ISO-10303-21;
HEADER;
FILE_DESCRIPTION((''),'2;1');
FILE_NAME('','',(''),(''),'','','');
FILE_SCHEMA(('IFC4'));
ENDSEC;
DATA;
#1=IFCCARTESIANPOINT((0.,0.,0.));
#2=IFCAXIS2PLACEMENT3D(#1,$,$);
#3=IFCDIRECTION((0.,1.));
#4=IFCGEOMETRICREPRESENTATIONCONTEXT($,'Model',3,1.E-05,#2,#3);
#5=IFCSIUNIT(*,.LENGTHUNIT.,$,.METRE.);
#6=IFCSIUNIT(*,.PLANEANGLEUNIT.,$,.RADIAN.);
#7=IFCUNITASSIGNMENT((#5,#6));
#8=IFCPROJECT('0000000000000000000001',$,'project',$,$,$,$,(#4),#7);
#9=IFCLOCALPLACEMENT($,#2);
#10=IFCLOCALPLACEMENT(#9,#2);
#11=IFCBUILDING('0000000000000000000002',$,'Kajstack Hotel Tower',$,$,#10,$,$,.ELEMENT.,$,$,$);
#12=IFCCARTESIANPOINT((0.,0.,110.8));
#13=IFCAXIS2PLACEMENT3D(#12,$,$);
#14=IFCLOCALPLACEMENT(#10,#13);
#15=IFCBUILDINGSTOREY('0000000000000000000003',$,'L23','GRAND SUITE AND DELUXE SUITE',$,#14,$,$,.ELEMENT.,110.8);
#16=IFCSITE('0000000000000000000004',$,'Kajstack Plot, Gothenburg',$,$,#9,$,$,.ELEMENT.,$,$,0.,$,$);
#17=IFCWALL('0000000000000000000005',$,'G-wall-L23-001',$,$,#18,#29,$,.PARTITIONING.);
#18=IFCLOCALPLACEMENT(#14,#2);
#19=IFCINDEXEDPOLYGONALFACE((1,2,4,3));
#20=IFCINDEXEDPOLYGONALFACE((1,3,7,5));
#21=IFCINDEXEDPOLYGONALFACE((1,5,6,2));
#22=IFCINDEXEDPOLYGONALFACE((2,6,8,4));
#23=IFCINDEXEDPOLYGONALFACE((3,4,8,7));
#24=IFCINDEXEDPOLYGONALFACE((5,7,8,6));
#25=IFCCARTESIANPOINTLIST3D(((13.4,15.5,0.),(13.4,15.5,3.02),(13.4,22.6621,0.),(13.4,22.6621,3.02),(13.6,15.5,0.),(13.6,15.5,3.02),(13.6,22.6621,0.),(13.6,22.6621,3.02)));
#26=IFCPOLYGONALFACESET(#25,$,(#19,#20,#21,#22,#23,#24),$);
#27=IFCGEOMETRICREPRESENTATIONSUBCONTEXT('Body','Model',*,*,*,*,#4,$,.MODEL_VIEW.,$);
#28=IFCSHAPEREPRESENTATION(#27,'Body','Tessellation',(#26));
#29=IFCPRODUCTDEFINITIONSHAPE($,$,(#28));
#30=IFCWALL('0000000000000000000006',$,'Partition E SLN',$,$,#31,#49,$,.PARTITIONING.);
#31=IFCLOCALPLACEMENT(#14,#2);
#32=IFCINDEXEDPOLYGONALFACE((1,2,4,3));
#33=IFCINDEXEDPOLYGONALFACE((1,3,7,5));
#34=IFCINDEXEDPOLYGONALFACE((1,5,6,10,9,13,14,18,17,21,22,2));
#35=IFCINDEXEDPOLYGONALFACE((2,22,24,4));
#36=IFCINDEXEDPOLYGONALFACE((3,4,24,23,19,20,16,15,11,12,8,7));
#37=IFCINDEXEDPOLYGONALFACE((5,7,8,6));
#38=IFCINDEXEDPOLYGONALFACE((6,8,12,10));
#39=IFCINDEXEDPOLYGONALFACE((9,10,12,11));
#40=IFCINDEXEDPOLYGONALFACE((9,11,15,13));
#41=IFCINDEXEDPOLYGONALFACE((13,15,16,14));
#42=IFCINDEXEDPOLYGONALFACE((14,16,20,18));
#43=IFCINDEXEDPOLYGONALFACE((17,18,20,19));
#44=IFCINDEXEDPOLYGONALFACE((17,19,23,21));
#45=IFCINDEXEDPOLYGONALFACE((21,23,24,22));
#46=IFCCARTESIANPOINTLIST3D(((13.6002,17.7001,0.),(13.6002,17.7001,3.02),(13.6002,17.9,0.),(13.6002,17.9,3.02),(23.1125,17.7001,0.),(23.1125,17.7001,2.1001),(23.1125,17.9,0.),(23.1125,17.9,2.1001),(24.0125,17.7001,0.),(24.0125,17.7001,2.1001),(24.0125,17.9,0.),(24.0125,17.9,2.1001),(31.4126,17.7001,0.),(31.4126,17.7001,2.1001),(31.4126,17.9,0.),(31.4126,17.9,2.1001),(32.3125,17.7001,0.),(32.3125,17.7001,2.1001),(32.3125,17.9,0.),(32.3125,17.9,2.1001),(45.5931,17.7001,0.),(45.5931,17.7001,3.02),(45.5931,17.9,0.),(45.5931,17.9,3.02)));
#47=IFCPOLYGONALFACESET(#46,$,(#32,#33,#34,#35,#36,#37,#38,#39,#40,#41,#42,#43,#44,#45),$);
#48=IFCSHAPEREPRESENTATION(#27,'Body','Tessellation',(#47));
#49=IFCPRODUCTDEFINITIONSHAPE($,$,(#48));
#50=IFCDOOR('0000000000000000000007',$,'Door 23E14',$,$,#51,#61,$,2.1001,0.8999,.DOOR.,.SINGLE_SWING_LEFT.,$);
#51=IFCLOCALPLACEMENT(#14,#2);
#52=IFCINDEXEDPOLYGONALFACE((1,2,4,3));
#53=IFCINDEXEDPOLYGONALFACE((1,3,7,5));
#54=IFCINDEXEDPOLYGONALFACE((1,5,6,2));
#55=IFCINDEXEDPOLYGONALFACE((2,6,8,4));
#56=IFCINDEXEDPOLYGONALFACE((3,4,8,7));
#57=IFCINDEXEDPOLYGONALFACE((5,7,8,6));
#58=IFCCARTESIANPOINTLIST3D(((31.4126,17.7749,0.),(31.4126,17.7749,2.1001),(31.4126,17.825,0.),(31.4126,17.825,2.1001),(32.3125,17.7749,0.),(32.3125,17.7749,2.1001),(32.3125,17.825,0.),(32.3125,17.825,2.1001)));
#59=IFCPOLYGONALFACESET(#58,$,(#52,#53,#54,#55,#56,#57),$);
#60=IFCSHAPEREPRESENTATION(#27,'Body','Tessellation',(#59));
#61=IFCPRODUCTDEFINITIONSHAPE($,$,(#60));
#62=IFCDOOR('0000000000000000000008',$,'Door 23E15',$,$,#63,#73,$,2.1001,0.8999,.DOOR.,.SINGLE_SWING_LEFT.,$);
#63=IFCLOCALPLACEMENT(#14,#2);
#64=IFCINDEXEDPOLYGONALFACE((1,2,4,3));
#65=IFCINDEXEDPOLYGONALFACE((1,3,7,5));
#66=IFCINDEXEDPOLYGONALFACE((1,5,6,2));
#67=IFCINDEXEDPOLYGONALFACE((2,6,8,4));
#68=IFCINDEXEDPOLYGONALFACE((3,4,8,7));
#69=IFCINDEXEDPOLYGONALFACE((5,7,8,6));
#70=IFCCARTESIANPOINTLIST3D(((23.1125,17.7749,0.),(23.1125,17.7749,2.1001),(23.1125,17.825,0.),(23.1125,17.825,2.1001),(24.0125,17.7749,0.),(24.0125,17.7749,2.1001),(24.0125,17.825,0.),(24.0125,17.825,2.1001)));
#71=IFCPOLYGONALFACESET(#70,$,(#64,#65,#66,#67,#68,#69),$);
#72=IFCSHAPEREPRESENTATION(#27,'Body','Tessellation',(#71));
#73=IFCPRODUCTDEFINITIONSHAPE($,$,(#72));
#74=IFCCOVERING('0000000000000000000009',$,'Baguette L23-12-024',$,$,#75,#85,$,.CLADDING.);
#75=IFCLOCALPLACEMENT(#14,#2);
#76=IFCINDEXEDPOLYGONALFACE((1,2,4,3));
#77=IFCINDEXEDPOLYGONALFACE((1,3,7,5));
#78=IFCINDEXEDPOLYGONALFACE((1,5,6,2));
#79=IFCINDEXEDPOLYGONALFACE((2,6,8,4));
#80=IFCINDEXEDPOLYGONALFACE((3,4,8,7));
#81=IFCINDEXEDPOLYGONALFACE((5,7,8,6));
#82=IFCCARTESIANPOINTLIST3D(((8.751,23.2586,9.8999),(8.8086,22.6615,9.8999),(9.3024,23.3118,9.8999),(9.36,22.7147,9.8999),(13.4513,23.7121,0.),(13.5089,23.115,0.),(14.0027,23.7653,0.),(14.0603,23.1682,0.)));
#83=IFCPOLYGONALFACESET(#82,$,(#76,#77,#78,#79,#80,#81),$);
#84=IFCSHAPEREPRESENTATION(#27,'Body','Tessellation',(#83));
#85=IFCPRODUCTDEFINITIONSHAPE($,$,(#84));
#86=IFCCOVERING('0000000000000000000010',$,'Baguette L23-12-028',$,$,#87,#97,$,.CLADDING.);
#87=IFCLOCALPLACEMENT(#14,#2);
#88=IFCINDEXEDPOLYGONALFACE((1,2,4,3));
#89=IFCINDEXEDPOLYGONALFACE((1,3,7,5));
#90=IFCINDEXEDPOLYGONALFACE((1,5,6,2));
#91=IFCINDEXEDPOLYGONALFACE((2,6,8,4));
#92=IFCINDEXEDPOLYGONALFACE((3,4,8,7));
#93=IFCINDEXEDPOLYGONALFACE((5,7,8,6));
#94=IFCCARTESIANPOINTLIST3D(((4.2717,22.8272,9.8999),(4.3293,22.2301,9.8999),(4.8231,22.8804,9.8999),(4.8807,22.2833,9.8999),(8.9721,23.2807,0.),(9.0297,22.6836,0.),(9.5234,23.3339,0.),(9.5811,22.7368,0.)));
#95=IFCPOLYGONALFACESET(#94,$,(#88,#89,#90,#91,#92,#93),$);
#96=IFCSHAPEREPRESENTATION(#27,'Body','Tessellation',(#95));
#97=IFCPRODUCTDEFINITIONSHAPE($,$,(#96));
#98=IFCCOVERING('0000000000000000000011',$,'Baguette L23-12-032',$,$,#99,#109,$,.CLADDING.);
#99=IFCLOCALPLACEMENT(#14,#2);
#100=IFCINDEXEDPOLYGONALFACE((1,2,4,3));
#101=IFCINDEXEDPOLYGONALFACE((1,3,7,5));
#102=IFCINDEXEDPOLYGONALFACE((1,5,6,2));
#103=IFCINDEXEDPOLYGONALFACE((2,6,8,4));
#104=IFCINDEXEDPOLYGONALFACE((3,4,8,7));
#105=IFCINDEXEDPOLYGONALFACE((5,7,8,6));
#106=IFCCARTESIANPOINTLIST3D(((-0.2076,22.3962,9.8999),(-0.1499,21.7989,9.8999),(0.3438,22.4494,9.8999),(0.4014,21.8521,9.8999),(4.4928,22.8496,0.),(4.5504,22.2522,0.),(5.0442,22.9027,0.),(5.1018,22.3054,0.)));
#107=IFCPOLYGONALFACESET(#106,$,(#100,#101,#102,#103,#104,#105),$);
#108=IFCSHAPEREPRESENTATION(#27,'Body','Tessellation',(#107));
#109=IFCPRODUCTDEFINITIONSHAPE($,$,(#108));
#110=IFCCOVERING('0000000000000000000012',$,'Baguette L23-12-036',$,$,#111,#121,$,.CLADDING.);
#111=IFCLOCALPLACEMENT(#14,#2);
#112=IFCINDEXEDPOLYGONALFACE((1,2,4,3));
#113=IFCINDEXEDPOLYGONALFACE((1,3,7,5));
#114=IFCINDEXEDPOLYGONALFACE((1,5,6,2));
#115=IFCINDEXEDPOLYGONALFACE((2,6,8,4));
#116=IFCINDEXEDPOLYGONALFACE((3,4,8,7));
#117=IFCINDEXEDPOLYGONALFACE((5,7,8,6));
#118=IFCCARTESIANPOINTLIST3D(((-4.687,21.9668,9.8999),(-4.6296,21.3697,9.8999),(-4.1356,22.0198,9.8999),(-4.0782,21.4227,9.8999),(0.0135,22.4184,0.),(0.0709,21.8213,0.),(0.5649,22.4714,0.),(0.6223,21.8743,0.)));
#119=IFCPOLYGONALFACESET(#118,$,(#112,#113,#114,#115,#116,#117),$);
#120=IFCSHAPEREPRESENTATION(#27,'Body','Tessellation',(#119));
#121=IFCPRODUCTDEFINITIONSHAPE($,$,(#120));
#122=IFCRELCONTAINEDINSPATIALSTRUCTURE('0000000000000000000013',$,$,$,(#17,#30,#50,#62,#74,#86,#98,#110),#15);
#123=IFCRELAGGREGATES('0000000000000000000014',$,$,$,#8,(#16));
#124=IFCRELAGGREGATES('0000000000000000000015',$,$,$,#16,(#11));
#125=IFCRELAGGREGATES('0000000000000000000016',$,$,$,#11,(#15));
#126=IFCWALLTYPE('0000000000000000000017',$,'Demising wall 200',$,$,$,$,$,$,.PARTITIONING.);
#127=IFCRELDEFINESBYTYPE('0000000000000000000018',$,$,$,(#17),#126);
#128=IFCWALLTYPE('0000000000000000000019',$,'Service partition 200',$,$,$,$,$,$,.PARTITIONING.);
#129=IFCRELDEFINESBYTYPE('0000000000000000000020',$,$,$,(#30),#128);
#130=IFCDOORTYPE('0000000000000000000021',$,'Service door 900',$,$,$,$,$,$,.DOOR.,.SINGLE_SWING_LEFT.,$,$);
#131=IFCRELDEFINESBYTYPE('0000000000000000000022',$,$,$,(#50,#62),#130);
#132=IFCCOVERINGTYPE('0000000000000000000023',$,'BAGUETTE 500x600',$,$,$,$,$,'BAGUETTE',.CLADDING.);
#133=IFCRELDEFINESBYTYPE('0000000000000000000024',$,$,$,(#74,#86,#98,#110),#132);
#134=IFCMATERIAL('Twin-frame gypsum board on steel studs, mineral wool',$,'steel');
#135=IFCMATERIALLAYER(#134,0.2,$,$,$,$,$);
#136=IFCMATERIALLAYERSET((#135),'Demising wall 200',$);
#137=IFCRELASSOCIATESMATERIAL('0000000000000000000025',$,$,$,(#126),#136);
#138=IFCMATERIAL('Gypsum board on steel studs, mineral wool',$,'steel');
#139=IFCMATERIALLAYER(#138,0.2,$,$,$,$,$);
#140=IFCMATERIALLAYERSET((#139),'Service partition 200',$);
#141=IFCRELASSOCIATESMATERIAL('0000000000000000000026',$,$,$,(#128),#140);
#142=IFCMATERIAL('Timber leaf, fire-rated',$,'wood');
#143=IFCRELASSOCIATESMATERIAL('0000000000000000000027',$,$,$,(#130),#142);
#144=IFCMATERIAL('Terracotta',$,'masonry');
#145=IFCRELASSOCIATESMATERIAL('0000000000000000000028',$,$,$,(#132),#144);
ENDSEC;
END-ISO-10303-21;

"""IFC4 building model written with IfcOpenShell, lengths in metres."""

from ifc_helpers import new_model, si_unit, direction, frame, frame_2d, origin, origin_2d, place, context, subcontext, project, spatial, polyline, rectangle, outline, extrude, material, layer, layer_set, material_profile, profile_set, type_object, element, fill, save


model = new_model("IFC4")

# Units and contexts
model_context = context("Model", 3, precision=1e-05, world=origin(), true_north=direction((0.0, 1.0)))
body_context = subcontext(model_context, "Body", "Model", "MODEL_VIEW")
ifc_project = project(units=[si_unit("LENGTHUNIT", "METRE"), si_unit("PLANEANGLEUNIT", "RADIAN")], contexts=[model_context])

# Site, building, storey
site_placement = place(None, origin())
site = spatial("IfcSite", under=ifc_project, at=site_placement, Name="Kajstack Plot, Gothenburg", CompositionType="ELEMENT", RefElevation=0.0)
building_placement = place(site_placement, origin())
building = spatial("IfcBuilding", under=site, at=building_placement, Name="Kajstack Hotel Tower", CompositionType="ELEMENT")
storey_placement = place(building_placement, frame((0.0, 0.0, 110.8)))
storey = spatial("IfcBuildingStorey", under=building, at=storey_placement, Name="L23", Description="GRAND SUITE AND DELUXE SUITE", CompositionType="ELEMENT", Elevation=110.8)

# Wall
ifc_material_1 = material(Name="Twin-frame gypsum board on steel studs, mineral wool", Category="steel")
ifc_layer_1 = layer(ifc_material_1, 0.2)
ifc_layer_set_1 = layer_set([ifc_layer_1], Name="Demising wall 200")
wall_type_1 = type_object("IfcWallType", Name="Demising wall 200", PredefinedType="PARTITIONING", material=ifc_layer_set_1)
wall_1_placement = place(storey_placement, frame((13.5, 15.5, 0.0), z_axis=(0.0, 0.0, 1.0), x_axis=(0.0, 1.0, 0.0)))
element("IfcWall", 1, at=wall_1_placement, inside=storey, type_object=wall_type_1, Name="G-wall-L23-001", PredefinedType="PARTITIONING", context=body_context, shape_type="SweptSolid", body=[
    extrude(rectangle(XDim=7.1621, YDim=0.2, at=frame_2d((3.5811, 0.0))), origin(), (0.0, 0.0, 1.0), 3.02),
])

# Wall, openings, doors
ifc_material_2 = material(Name="Gypsum board on steel studs, mineral wool", Category="steel")
ifc_layer_2 = layer(ifc_material_2, 0.2)
ifc_layer_set_2 = layer_set([ifc_layer_2], Name="Service partition 200")
wall_type_2 = type_object("IfcWallType", Name="Service partition 200", PredefinedType="PARTITIONING", material=ifc_layer_set_2)
wall_2_placement = place(storey_placement, frame((13.6001, 17.8, 0.0), z_axis=(0.0, 0.0, 1.0), x_axis=(1.0, 0.0, 0.0)))
wall_2 = element("IfcWall", 2, at=wall_2_placement, inside=storey, type_object=wall_type_2, Name="Partition E SLN", PredefinedType="PARTITIONING", context=body_context, shape_type="SweptSolid", body=[
    extrude(rectangle(XDim=31.9929, YDim=0.2, at=frame_2d((15.9966, 0.0))), origin(), (0.0, 0.0, 1.0), 3.02),
])
opening_1_placement = place(wall_2_placement, frame((17.8125, 0.0, 0.0)))
opening_1 = element("IfcOpeningElement", 3, at=opening_1_placement, cuts=wall_2, PredefinedType="OPENING", context=body_context, shape_type="SweptSolid", body=[
    extrude(rectangle(XDim=0.8999, YDim=2.1001, at=frame_2d((0.45, 1.05))), frame((0.0, 0.1099, 0.0), z_axis=(0.0, -1.0, 0.0), x_axis=(1.0, 0.0, 0.0)), (0.0, 0.0, 1.0), 0.22),
])
opening_2_placement = place(wall_2_placement, frame((9.5125, 0.0, 0.0)))
opening_2 = element("IfcOpeningElement", 4, at=opening_2_placement, cuts=wall_2, PredefinedType="OPENING", context=body_context, shape_type="SweptSolid", body=[
    extrude(rectangle(XDim=0.8999, YDim=2.1001, at=frame_2d((0.45, 1.05))), frame((0.0, 0.1099, 0.0), z_axis=(0.0, -1.0, 0.0), x_axis=(1.0, 0.0, 0.0)), (0.0, 0.0, 1.0), 0.22),
])
ifc_material_3 = material(Name="Timber leaf, fire-rated", Category="wood")
door_type = type_object("IfcDoorType", Name="Service door 900", OperationType="SINGLE_SWING_LEFT", PredefinedType="DOOR", material=ifc_material_3)
door_1_placement = place(opening_1_placement, origin())
door_1 = element("IfcDoor", 5, at=door_1_placement, inside=storey, type_object=door_type, Name="Door 23E14", OperationType="SINGLE_SWING_LEFT", OverallHeight=2.1001, OverallWidth=0.8999, PredefinedType="DOOR", context=body_context, shape_type="SweptSolid", body=[
    extrude(rectangle(XDim=0.8999, YDim=2.1001, at=frame_2d((0.45, 1.05))), frame((0.0, 0.0249, 0.0), z_axis=(0.0, -1.0, 0.0), x_axis=(1.0, 0.0, 0.0)), (0.0, 0.0, 1.0), 0.05),
])
fill(opening_1, door_1)
door_2_placement = place(opening_2_placement, origin())
door_2 = element("IfcDoor", 6, at=door_2_placement, inside=storey, type_object=door_type, Name="Door 23E15", OperationType="SINGLE_SWING_LEFT", OverallHeight=2.1001, OverallWidth=0.8999, PredefinedType="DOOR", context=body_context, shape_type="SweptSolid", body=[
    extrude(rectangle(XDim=0.8999, YDim=2.1001, at=frame_2d((0.45, 1.05))), frame((0.0, 0.0249, 0.0), z_axis=(0.0, -1.0, 0.0), x_axis=(1.0, 0.0, 0.0)), (0.0, 0.0, 1.0), 0.05),
])
fill(opening_2, door_2)

# Coverings
ifc_material_4 = material(Name="Terracotta", Category="masonry")
ifc_material_profile = material_profile(ifc_material_4, rectangle(XDim=0.6001, YDim=0.5, at=origin_2d()), Name="Terracotta-clad concrete baguette 500 x 600")
ifc_profile_set = profile_set([ifc_material_profile], Name="Terracotta")
covering_type = type_object("IfcCoveringType", Name="BAGUETTE 500x600", ElementType="BAGUETTE", PredefinedType="CLADDING", material=ifc_profile_set)
for number, where, z_axis, x_axis, name in (
    (7, (14.0603, 23.1682, 0.0), (-0.096038, 0.995378, 0.0), (-0.995378, -0.096038, 0.0), "Baguette L23-12-024"),
    (8, (9.5811, 22.7368, 0.0), (-0.096038, 0.995378, 0.0), (-0.995378, -0.096038, 0.0), "Baguette L23-12-028"),
):
    element("IfcCovering", number, at=place(storey_placement, frame(where, z_axis=z_axis, x_axis=x_axis)), inside=storey, type_object=covering_type, Name=name, PredefinedType="CLADDING", context=body_context, shape_type="SweptSolid", body=[
        extrude(outline(polyline([(4.7222, 9.8999), (0.0, 0.0), (0.554, 0.0), (5.2761, 9.8999), (4.7222, 9.8999)])), origin(), (0.0, 0.0, 1.0), 0.5999),
    ])
covering_1_placement = place(storey_placement, frame((5.1018, 22.3054, 0.0), z_axis=(-0.095999, 0.995381, 0.0), x_axis=(-0.995381, -0.095999, 0.0)))
element("IfcCovering", 9, at=covering_1_placement, inside=storey, type_object=covering_type, Name="Baguette L23-12-032", PredefinedType="CLADDING", context=body_context, shape_type="SweptSolid", body=[
    extrude(outline(polyline([(4.7222, 9.8999), (0.0, 0.0), (0.554, 0.0), (5.2761, 9.8999), (4.7222, 9.8999)])), origin(), (0.0, 0.0, 1.0), 0.6001),
])
covering_2_placement = place(storey_placement, frame((0.6223, 21.8743, 0.0), z_axis=(-0.095635, 0.995416, 0.0), x_axis=(-0.995416, -0.095635, 0.0)))
element("IfcCovering", 10, at=covering_2_placement, inside=storey, type_object=covering_type, Name="Baguette L23-12-036", PredefinedType="CLADDING", context=body_context, shape_type="SweptSolid", body=[
    extrude(outline(polyline([(4.7222, 9.8999), (0.0, 0.0), (0.554, 0.0), (5.2761, 9.8999), (4.7222, 9.8999)])), origin(), (0.0, 0.0, 1.0), 0.5999),
])

save(model, "model.ifc")
